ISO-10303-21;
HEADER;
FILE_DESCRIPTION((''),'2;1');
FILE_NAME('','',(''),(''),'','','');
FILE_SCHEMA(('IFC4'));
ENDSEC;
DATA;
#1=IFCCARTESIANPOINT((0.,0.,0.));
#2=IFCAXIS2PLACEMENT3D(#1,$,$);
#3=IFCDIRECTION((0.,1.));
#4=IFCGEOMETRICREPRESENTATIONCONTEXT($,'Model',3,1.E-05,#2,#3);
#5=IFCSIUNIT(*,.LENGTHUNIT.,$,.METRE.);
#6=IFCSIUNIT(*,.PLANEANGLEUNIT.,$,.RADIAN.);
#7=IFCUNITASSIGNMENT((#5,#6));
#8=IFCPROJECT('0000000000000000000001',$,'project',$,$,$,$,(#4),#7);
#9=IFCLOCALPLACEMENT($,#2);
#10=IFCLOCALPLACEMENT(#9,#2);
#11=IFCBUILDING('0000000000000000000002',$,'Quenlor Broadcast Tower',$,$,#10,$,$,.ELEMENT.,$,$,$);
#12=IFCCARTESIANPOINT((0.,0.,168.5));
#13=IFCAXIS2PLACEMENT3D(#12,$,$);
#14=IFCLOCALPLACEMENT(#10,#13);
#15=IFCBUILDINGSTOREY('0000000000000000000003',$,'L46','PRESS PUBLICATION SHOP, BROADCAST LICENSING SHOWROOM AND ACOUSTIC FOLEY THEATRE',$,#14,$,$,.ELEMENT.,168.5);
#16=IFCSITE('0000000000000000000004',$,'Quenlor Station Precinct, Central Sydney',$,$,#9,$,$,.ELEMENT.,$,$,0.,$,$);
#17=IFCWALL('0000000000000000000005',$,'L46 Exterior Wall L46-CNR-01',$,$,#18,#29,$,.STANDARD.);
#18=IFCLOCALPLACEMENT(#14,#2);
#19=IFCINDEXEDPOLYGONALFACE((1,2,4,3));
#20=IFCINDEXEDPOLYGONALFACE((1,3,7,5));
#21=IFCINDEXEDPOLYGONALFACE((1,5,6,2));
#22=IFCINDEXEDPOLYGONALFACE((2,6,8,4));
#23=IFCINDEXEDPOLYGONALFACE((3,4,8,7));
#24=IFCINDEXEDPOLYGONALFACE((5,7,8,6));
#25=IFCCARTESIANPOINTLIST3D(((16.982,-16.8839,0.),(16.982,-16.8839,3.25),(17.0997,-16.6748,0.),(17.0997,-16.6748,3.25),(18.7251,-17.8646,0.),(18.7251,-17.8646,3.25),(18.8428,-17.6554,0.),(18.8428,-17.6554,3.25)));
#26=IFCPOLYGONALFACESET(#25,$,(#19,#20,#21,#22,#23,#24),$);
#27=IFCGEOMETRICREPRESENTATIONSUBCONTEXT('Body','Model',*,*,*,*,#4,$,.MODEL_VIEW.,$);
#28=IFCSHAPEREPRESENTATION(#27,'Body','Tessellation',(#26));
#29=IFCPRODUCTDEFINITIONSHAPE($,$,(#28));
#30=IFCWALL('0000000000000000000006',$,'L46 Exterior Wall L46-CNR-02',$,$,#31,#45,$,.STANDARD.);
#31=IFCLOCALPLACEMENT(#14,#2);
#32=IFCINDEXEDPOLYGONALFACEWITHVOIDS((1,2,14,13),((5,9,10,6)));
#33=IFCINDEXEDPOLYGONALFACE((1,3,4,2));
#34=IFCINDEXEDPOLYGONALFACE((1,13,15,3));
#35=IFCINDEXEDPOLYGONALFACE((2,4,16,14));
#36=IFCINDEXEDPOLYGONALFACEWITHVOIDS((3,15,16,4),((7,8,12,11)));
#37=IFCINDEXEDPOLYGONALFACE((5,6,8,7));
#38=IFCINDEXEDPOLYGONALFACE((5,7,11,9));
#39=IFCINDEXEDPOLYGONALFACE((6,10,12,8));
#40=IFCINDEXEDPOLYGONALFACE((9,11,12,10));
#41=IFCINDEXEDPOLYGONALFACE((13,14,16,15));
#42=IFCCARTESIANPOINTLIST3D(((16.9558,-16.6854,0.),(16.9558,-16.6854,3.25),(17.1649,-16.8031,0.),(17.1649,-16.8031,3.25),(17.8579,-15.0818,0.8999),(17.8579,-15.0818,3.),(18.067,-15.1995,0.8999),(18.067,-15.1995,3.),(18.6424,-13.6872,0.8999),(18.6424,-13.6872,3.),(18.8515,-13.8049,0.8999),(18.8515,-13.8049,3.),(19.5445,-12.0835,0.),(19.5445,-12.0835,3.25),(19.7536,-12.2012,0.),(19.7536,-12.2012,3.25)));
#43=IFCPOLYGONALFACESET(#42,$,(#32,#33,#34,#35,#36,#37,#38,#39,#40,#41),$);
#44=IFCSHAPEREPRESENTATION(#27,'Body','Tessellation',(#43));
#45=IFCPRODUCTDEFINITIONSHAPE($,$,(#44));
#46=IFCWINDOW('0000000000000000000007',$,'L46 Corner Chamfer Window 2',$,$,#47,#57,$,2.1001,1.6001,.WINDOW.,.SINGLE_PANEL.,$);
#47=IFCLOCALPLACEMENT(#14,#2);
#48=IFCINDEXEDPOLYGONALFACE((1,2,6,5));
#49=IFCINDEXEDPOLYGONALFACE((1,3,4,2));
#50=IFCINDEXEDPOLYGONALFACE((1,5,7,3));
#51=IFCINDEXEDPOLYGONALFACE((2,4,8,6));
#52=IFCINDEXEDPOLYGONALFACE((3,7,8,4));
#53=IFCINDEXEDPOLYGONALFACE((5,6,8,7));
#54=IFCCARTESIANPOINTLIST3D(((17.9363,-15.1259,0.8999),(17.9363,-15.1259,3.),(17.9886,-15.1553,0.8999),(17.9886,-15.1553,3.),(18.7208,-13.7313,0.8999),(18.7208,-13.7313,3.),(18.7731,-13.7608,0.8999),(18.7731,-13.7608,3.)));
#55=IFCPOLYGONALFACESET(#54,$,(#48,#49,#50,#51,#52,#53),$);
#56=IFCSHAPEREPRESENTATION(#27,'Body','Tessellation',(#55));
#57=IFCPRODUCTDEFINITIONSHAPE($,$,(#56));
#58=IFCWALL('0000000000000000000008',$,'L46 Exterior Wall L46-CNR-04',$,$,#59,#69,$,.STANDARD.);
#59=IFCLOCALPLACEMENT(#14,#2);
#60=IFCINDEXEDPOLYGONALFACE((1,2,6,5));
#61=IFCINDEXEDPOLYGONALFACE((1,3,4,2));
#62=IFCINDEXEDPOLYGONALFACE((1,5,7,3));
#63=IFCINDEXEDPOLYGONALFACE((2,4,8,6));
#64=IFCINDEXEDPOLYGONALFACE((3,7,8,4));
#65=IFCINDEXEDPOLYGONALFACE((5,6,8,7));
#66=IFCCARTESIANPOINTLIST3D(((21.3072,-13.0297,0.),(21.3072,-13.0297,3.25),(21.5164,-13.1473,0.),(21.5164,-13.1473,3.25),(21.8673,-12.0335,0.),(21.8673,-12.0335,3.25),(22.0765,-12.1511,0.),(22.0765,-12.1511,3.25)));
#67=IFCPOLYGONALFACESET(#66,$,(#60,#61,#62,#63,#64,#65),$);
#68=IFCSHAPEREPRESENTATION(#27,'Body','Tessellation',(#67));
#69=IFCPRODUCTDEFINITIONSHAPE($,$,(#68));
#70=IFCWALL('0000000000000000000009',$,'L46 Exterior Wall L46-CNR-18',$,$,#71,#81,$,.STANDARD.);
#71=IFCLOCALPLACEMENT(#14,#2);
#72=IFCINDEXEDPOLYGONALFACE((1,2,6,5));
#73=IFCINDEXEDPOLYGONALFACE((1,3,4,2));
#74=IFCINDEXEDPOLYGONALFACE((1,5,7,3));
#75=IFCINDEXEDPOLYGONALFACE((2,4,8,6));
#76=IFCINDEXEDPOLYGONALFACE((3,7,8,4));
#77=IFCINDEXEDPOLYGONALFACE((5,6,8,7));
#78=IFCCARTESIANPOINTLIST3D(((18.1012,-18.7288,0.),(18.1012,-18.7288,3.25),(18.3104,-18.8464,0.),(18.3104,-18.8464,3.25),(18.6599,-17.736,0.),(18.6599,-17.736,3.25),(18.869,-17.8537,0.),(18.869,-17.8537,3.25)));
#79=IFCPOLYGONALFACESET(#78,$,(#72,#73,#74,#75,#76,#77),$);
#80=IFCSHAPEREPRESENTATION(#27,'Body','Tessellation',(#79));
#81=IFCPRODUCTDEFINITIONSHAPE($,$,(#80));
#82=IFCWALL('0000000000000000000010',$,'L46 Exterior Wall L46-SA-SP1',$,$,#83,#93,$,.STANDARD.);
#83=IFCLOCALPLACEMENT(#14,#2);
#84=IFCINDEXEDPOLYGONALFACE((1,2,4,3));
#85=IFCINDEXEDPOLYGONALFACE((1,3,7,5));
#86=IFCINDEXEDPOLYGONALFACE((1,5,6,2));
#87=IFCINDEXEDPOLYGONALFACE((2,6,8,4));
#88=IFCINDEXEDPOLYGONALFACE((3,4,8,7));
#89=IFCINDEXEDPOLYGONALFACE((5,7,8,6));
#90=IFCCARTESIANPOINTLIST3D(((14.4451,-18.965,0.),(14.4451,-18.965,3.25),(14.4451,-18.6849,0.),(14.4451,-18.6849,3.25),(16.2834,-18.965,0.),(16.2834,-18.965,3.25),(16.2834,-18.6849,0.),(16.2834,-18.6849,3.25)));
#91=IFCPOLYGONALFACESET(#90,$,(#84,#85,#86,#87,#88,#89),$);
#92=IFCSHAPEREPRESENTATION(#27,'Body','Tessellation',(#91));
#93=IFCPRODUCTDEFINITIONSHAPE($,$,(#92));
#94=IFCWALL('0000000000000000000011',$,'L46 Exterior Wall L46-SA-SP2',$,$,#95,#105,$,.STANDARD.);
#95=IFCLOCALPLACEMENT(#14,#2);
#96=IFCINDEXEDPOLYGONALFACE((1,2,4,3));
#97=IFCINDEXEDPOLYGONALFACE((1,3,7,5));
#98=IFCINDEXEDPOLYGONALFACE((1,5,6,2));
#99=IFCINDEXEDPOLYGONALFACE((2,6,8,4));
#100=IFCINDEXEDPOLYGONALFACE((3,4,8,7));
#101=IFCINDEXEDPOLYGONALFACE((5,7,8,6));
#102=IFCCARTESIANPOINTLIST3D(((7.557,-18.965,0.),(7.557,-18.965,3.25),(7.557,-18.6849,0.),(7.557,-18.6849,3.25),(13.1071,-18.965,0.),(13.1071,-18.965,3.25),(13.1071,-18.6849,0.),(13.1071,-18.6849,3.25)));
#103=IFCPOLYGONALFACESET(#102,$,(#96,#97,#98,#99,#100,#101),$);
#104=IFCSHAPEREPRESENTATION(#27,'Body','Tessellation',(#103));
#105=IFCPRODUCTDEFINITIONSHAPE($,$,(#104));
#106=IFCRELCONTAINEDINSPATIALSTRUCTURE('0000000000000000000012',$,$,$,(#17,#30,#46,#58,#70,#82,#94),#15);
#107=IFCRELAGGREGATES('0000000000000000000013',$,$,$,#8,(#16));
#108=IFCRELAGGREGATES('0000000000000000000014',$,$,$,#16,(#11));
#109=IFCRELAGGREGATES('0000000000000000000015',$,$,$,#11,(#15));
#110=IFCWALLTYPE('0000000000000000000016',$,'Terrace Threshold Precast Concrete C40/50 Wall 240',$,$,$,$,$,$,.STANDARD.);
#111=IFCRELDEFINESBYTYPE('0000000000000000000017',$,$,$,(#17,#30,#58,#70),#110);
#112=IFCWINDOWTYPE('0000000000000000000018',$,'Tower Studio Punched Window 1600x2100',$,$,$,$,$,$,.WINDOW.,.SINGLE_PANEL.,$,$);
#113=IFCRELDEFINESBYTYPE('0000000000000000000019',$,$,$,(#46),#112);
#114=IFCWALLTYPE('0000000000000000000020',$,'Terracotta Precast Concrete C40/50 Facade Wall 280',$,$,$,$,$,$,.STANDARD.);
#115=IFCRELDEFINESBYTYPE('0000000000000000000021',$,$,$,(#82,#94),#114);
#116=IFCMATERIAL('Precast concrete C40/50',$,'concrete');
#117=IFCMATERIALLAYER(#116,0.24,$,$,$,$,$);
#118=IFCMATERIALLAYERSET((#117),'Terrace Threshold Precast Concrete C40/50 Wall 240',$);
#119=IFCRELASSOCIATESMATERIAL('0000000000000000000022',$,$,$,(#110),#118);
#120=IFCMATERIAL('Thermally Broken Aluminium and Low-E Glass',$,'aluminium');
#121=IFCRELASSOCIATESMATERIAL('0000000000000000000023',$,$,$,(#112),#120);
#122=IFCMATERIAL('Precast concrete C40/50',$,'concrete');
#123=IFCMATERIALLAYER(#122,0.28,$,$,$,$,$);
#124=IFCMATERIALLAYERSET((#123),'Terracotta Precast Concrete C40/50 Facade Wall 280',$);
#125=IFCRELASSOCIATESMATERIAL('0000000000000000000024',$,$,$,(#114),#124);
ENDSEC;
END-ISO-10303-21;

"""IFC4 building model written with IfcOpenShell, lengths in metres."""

from ifc_helpers import new_model, si_unit, direction, frame, frame_2d, origin, place, context, subcontext, project, spatial, rectangle, extrude, material, layer, layer_set, type_object, element, fill, save


model = new_model("IFC4")

# Units and contexts
model_context = context("Model", 3, precision=1e-05, world=origin(), true_north=direction((0.0, 1.0)))
body_context = subcontext(model_context, "Body", "Model", "MODEL_VIEW")
ifc_project = project(units=[si_unit("LENGTHUNIT", "METRE"), si_unit("PLANEANGLEUNIT", "RADIAN")], contexts=[model_context])

# Site, building, storey
site_placement = place(None, origin())
site = spatial("IfcSite", under=ifc_project, at=site_placement, Name="Quenlor Station Precinct, Central Sydney", CompositionType="ELEMENT", RefElevation=0.0)
building_placement = place(site_placement, origin())
building = spatial("IfcBuilding", under=site, at=building_placement, Name="Quenlor Broadcast Tower", CompositionType="ELEMENT")
storey_placement = place(building_placement, frame((0.0, 0.0, 168.5)))
storey = spatial("IfcBuildingStorey", under=building, at=storey_placement, Name="L46", Description="PRESS PUBLICATION SHOP, BROADCAST LICENSING SHOWROOM AND ACOUSTIC FOLEY THEATRE", CompositionType="ELEMENT", Elevation=168.5)

# Wall
ifc_material_1 = material(Name="Precast concrete C40/50", Category="concrete")
ifc_layer_1 = layer(ifc_material_1, 0.24)
ifc_layer_set_1 = layer_set([ifc_layer_1], Name="Terrace Threshold Precast Concrete C40/50 Wall 240")
wall_type_1 = type_object("IfcWallType", Name="Terrace Threshold Precast Concrete C40/50 Wall 240", PredefinedType="STANDARD", material=ifc_layer_set_1)
wall_1_placement = place(storey_placement, frame((18.7839, -17.76, 0.0), z_axis=(0.0, 0.0, 1.0), x_axis=(-0.871536, 0.490331, 0.0)))
element("IfcWall", 1, at=wall_1_placement, inside=storey, type_object=wall_type_1, Name="L46 Exterior Wall L46-CNR-01", PredefinedType="STANDARD", context=body_context, shape_type="SweptSolid", body=[
    extrude(rectangle(XDim=2.0, YDim=0.24, at=frame_2d((1.0, 0.0))), origin(), (0.0, 0.0, 1.0), 3.25),
])

# Wall, opening, window
wall_2_placement = place(storey_placement, frame((17.0603, -16.7444, 0.0), z_axis=(0.0, 0.0, 1.0), x_axis=(0.490277, 0.871567, 0.0)))
wall_2 = element("IfcWall", 2, at=wall_2_placement, inside=storey, type_object=wall_type_1, Name="L46 Exterior Wall L46-CNR-02", PredefinedType="STANDARD", context=body_context, shape_type="SweptSolid", body=[
    extrude(rectangle(XDim=5.28, YDim=0.24, at=frame_2d((2.6401, 0.0))), origin(), (0.0, 0.0, 1.0), 3.25),
])
opening_placement = place(wall_2_placement, frame((1.8401, 0.0, 0.8999)))
opening = element("IfcOpeningElement", 3, at=opening_placement, cuts=wall_2, PredefinedType="OPENING", context=body_context, shape_type="SweptSolid", body=[
    extrude(rectangle(XDim=1.6001, YDim=2.1001, at=frame_2d((0.8, 1.05))), frame((0.0, 0.1299, 0.0), z_axis=(0.0, -1.0, 0.0), x_axis=(1.0, 0.0, 0.0)), (0.0, 0.0, 1.0), 0.26),
])
ifc_material_2 = material(Name="Thermally Broken Aluminium and Low-E Glass", Category="aluminium")
window_type = type_object("IfcWindowType", Name="Tower Studio Punched Window 1600x2100", PartitioningType="SINGLE_PANEL", PredefinedType="WINDOW", material=ifc_material_2)
window_placement = place(opening_placement, origin())
window = element("IfcWindow", 4, at=window_placement, inside=storey, type_object=window_type, Name="L46 Corner Chamfer Window 2", OverallHeight=2.1001, OverallWidth=1.6001, PartitioningType="SINGLE_PANEL", PredefinedType="WINDOW", context=body_context, shape_type="SweptSolid", body=[
    extrude(rectangle(XDim=1.6001, YDim=2.1001, at=frame_2d((0.8, 1.05))), frame((0.0, 0.03, 0.0), z_axis=(0.0, -1.0, 0.0), x_axis=(1.0, 0.0, 0.0)), (0.0, 0.0, 1.0), 0.0601),
])
fill(opening, window)

# Walls
wall_3_placement = place(storey_placement, frame((21.4119, -13.0884, 0.0), z_axis=(0.0, 0.0, 1.0), x_axis=(0.490099, 0.871667, 0.0)))
element("IfcWall", 5, at=wall_3_placement, inside=storey, type_object=wall_type_1, Name="L46 Exterior Wall L46-CNR-04", PredefinedType="STANDARD", context=body_context, shape_type="SweptSolid", body=[
    extrude(rectangle(XDim=1.1428, YDim=0.24, at=frame_2d((0.5713, 0.0))), origin(), (0.0, 0.0, 1.0), 3.25),
])
wall_4_placement = place(storey_placement, frame((18.2058, -18.7876, 0.0), z_axis=(0.0, 0.0, 1.0), x_axis=(0.490404, 0.871495, 0.0)))
element("IfcWall", 6, at=wall_4_placement, inside=storey, type_object=wall_type_1, Name="L46 Exterior Wall L46-CNR-18", PredefinedType="STANDARD", context=body_context, shape_type="SweptSolid", body=[
    extrude(rectangle(XDim=1.1392, YDim=0.24, at=frame_2d((0.5696, 0.0))), origin(), (0.0, 0.0, 1.0), 3.25),
])
ifc_material_3 = material(Name="Precast concrete C40/50", Category="concrete")
ifc_layer_2 = layer(ifc_material_3, 0.28)
ifc_layer_set_2 = layer_set([ifc_layer_2], Name="Terracotta Precast Concrete C40/50 Facade Wall 280")
wall_type_2 = type_object("IfcWallType", Name="Terracotta Precast Concrete C40/50 Facade Wall 280", PredefinedType="STANDARD", material=ifc_layer_set_2)
wall_5_placement = place(storey_placement, frame((16.2834, -18.825, 0.0), z_axis=(0.0, 0.0, 1.0), x_axis=(-1.0, 0.0, 0.0)))
element("IfcWall", 7, at=wall_5_placement, inside=storey, type_object=wall_type_2, Name="L46 Exterior Wall L46-SA-SP1", PredefinedType="STANDARD", context=body_context, shape_type="SweptSolid", body=[
    extrude(rectangle(XDim=1.8384, YDim=0.28, at=frame_2d((0.9192, 0.0))), origin(), (0.0, 0.0, 1.0), 3.25),
])
wall_6_placement = place(storey_placement, frame((13.1069, -18.825, 0.0), z_axis=(0.0, 0.0, 1.0), x_axis=(-1.0, 0.0, 0.0)))
element("IfcWall", 8, at=wall_6_placement, inside=storey, type_object=wall_type_2, Name="L46 Exterior Wall L46-SA-SP2", PredefinedType="STANDARD", context=body_context, shape_type="SweptSolid", body=[
    extrude(rectangle(XDim=5.55, YDim=0.28, at=frame_2d((2.7749, 0.0))), origin(), (0.0, 0.0, 1.0), 3.25),
])

save(model, "model.ifc")
